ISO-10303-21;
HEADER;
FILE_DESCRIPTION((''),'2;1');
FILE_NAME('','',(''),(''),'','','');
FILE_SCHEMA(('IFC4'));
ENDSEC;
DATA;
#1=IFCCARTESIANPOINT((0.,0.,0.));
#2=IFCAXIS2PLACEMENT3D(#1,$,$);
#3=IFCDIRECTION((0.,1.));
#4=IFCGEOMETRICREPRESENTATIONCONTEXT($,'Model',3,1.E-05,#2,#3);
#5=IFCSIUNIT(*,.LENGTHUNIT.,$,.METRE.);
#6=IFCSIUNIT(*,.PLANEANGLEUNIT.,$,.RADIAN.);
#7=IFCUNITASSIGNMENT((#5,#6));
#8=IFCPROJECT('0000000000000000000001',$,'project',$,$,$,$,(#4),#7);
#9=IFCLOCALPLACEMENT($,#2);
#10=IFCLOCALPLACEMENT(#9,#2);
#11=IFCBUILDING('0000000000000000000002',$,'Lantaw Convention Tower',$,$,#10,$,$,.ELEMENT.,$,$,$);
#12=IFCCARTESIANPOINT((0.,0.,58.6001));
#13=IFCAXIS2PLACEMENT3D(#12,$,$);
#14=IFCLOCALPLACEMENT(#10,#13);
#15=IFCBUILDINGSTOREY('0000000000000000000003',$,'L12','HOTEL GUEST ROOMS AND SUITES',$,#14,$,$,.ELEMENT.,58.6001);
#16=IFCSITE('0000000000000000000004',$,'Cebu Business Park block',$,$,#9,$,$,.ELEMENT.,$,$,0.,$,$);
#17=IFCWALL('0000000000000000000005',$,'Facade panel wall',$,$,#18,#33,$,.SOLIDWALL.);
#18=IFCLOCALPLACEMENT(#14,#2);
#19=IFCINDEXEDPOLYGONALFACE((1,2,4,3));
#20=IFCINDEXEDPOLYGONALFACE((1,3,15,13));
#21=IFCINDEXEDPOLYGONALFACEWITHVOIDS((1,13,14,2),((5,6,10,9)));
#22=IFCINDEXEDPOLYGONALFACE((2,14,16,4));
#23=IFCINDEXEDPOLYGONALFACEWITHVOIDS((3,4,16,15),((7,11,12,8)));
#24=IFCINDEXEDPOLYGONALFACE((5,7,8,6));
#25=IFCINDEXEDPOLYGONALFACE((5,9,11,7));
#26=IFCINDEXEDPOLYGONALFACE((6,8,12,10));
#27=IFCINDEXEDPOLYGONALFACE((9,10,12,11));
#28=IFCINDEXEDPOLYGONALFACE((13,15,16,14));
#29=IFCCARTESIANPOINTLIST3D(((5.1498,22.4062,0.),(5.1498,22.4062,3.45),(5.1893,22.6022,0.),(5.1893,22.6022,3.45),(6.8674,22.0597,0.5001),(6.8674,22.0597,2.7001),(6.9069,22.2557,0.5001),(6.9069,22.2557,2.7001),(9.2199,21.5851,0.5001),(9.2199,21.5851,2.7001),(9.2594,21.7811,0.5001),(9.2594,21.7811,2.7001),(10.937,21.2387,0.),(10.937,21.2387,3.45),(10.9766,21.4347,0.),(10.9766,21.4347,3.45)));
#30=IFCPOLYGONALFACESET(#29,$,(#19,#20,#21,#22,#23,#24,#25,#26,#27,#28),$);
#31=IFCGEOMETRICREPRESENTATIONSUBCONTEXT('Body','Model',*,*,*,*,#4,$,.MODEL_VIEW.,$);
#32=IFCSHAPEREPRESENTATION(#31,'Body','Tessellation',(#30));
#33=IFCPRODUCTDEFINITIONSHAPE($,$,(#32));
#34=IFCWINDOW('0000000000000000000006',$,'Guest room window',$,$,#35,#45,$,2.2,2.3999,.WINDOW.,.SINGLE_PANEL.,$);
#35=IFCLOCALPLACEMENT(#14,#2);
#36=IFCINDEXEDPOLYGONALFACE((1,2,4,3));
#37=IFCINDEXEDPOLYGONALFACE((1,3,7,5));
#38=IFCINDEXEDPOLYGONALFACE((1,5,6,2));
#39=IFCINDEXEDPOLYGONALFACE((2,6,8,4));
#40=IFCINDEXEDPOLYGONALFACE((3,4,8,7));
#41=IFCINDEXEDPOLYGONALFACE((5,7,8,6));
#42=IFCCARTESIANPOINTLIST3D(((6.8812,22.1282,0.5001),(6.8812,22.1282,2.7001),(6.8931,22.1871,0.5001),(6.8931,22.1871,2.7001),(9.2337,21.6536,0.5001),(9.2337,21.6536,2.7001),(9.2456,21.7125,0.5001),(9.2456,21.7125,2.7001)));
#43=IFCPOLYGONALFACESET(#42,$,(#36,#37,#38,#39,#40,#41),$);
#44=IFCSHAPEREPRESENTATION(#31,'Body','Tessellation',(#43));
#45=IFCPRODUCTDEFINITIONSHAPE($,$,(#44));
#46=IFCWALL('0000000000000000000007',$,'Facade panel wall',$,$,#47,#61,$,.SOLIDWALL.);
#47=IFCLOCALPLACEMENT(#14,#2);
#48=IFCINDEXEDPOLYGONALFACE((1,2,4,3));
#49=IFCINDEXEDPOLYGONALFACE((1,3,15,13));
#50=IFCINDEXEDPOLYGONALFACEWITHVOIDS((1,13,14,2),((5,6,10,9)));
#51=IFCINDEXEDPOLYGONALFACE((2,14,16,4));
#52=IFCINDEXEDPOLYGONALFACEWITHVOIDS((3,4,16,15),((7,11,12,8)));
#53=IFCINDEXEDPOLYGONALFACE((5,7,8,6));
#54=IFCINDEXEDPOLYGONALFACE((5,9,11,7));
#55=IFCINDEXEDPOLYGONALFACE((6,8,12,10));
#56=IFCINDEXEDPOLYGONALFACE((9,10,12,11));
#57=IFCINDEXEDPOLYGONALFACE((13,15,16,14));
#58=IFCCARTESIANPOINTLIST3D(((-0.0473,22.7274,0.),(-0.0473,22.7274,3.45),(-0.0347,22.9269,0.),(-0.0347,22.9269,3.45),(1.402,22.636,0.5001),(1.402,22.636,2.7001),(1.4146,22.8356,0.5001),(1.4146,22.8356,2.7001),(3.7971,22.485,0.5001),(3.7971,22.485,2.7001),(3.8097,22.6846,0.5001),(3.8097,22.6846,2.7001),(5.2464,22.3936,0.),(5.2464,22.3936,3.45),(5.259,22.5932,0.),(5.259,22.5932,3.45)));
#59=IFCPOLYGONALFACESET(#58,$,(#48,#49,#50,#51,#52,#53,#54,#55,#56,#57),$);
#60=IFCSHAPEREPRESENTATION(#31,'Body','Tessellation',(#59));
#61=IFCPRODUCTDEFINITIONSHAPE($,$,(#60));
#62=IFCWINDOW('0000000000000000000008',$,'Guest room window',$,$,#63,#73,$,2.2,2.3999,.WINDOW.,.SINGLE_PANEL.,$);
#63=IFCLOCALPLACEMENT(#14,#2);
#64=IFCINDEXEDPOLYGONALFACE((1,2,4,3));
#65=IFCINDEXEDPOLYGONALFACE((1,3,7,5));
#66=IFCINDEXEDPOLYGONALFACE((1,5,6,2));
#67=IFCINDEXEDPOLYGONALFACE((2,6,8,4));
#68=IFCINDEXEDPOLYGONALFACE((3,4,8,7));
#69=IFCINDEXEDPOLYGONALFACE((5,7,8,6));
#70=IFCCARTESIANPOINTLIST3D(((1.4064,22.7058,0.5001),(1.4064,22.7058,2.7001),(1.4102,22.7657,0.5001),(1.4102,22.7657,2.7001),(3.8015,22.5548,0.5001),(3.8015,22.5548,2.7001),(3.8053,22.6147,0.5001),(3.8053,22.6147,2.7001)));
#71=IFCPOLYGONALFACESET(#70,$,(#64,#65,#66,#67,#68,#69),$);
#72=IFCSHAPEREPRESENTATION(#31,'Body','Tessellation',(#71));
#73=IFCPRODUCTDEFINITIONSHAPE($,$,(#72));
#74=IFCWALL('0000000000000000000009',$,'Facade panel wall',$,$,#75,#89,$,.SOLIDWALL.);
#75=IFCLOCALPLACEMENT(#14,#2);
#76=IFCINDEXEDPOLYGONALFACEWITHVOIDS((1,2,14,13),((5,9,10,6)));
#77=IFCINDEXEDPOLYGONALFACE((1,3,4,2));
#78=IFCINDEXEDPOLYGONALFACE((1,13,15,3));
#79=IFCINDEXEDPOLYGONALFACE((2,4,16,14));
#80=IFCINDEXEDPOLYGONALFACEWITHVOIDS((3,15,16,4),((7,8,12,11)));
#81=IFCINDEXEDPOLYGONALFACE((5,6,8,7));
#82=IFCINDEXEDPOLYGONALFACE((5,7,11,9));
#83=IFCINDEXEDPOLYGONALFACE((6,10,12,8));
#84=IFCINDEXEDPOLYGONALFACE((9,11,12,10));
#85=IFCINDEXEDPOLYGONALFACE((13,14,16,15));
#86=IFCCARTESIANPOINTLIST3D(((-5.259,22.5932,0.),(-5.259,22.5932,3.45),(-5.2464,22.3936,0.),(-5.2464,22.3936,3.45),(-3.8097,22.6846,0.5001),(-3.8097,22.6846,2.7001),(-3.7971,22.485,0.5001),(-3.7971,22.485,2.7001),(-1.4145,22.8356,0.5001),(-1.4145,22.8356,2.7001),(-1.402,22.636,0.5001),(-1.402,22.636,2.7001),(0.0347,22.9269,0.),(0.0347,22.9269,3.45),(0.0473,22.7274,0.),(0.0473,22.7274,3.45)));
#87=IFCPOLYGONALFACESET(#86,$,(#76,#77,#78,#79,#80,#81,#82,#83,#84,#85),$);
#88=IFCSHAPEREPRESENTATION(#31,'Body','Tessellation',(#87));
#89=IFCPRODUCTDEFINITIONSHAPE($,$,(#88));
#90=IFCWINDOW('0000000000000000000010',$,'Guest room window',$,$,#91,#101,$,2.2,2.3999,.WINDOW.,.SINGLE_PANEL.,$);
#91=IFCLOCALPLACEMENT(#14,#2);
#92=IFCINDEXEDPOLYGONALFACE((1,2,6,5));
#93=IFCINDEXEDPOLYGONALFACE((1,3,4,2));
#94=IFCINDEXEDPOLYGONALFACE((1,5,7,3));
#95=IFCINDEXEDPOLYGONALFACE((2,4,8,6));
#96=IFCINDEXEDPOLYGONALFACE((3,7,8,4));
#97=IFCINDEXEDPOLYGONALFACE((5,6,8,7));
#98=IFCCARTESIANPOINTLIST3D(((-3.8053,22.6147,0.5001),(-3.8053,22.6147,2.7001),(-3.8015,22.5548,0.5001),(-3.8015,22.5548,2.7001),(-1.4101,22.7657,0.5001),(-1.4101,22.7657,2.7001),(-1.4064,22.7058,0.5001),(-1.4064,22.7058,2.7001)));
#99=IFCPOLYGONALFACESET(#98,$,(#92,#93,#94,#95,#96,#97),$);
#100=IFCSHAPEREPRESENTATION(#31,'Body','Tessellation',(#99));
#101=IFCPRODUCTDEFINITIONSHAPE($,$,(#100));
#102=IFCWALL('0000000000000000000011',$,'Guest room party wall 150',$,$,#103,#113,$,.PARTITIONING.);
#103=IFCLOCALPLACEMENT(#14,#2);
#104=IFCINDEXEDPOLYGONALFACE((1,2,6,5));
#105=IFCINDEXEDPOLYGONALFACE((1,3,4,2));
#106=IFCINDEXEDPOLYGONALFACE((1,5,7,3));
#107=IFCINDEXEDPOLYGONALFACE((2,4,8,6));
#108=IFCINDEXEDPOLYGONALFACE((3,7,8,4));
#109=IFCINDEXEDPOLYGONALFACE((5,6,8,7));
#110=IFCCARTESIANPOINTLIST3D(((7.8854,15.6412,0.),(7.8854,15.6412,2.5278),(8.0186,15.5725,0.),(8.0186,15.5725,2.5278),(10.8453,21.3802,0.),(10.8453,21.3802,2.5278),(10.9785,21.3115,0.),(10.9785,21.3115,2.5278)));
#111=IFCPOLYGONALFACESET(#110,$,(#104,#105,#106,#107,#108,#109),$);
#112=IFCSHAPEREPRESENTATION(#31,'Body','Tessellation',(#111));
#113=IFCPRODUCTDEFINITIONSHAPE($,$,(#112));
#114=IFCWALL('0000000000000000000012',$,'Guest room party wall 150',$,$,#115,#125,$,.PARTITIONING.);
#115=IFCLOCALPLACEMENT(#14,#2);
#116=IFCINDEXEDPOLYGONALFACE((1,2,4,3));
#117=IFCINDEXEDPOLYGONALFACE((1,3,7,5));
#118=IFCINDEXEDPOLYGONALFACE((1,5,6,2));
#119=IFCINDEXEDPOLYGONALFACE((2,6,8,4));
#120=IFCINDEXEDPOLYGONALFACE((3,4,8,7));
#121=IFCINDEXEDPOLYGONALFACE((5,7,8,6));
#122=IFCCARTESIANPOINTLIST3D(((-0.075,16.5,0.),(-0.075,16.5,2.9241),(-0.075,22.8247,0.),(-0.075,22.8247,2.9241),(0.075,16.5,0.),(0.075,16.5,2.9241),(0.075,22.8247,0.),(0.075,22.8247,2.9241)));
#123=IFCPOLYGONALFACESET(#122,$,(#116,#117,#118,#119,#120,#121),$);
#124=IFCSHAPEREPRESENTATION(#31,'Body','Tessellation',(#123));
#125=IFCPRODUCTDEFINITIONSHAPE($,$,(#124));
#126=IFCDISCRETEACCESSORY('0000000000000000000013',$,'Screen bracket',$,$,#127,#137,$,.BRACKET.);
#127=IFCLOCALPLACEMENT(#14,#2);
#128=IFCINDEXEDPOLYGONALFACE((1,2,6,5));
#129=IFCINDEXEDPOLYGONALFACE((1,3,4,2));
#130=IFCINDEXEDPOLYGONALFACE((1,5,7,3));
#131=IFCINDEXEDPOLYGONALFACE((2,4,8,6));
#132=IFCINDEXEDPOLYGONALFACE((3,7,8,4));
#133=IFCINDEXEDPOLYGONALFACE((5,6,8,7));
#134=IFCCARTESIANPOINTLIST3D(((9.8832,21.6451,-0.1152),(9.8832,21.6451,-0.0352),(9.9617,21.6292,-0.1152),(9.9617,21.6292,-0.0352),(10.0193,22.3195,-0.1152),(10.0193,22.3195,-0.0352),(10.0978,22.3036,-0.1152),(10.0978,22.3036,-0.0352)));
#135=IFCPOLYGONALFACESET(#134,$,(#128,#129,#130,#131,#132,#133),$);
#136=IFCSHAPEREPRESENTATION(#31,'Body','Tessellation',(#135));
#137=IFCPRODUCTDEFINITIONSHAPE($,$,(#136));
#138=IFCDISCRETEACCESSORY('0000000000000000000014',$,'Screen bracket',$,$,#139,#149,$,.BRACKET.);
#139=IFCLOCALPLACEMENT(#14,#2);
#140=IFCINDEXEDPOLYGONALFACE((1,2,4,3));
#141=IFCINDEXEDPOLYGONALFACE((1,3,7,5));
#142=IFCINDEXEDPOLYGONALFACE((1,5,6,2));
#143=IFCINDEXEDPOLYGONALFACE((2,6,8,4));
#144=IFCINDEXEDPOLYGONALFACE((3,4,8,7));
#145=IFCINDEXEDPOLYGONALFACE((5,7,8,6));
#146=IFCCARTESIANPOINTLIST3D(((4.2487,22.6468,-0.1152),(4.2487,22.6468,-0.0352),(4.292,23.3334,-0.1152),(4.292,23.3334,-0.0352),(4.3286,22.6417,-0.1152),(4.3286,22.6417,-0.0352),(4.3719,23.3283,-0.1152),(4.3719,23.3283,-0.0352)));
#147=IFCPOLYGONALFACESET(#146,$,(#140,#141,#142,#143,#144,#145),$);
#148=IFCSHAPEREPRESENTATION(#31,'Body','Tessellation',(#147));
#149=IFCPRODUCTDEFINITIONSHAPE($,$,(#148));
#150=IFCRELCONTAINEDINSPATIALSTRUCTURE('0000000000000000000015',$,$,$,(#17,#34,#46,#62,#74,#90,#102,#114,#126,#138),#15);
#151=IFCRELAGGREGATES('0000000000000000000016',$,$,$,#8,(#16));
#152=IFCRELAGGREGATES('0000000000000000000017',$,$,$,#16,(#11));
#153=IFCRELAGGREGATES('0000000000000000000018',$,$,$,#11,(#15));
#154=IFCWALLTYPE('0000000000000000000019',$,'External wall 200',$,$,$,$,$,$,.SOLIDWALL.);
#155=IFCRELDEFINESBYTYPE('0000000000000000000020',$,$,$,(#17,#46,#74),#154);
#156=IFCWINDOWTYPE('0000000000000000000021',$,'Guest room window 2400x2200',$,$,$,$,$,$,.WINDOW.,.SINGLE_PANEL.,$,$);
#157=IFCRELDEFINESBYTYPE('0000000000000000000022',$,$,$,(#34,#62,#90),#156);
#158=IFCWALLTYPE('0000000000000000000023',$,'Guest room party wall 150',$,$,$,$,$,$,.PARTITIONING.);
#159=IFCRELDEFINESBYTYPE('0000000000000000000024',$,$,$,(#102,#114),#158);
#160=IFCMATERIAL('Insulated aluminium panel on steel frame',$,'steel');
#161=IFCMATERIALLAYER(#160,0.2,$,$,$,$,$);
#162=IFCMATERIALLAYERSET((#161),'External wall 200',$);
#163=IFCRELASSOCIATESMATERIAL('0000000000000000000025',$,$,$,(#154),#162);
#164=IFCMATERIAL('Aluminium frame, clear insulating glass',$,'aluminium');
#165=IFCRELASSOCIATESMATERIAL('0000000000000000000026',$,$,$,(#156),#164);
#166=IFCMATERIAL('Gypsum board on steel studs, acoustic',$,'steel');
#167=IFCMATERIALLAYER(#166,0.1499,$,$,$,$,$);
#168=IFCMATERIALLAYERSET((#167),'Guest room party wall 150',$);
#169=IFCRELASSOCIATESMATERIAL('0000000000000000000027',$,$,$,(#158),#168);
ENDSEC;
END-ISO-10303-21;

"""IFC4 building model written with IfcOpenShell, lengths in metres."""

from ifc_helpers import new_model, si_unit, direction, frame, frame_2d, origin, origin_2d, place, context, subcontext, project, spatial, rectangle, extrude, material, layer, layer_set, type_object, element, fill, save


model = new_model("IFC4")

# Units and contexts
model_context = context("Model", 3, precision=1e-05, world=origin(), true_north=direction((0.0, 1.0)))
body_context = subcontext(model_context, "Body", "Model", "MODEL_VIEW")
ifc_project = project(units=[si_unit("LENGTHUNIT", "METRE"), si_unit("PLANEANGLEUNIT", "RADIAN")], contexts=[model_context])

# Site, building, storey
site_placement = place(None, origin())
site = spatial("IfcSite", under=ifc_project, at=site_placement, Name="Cebu Business Park block", CompositionType="ELEMENT", RefElevation=0.0)
building_placement = place(site_placement, origin())
building = spatial("IfcBuilding", under=site, at=building_placement, Name="Lantaw Convention Tower", CompositionType="ELEMENT")
storey_placement = place(building_placement, frame((0.0, 0.0, 58.6001)))
storey = spatial("IfcBuildingStorey", under=building, at=storey_placement, Name="L12", Description="HOTEL GUEST ROOMS AND SUITES", CompositionType="ELEMENT", Elevation=58.6001)

# Walls, openings, windows
ifc_material_1 = material(Name="Insulated aluminium panel on steel frame", Category="steel")
ifc_layer_1 = layer(ifc_material_1, 0.2)
ifc_layer_set_1 = layer_set([ifc_layer_1], Name="External wall 200")
wall_type_1 = type_object("IfcWallType", Name="External wall 200", PredefinedType="SOLIDWALL", material=ifc_layer_set_1)
wall_1_placement = place(storey_placement, frame((10.9568, 21.3367, 0.0), z_axis=(0.0, 0.0, 1.0), x_axis=(-0.980252, 0.197754, 0.0)))
wall_1 = element("IfcWall", 1, at=wall_1_placement, inside=storey, type_object=wall_type_1, Name="Facade panel wall", PredefinedType="SOLIDWALL", context=body_context, shape_type="SweptSolid", body=[
    extrude(rectangle(XDim=5.9038, YDim=0.2, at=frame_2d((2.9519, 0.0))), origin(), (0.0, 0.0, 1.0), 3.45),
])
opening_1_placement = place(wall_1_placement, frame((1.7517, 0.0, 0.5)))
opening_1 = element("IfcOpeningElement", 2, at=opening_1_placement, cuts=wall_1, PredefinedType="OPENING", context=body_context, shape_type="SweptSolid", body=[
    extrude(rectangle(XDim=2.3999, YDim=2.2, at=frame_2d((1.2, 1.1001))), frame((0.0, 0.1099, 0.0), z_axis=(0.0, -1.0, 0.0), x_axis=(1.0, 0.0, 0.0)), (0.0, 0.0, 1.0), 0.22),
])
ifc_material_2 = material(Name="Aluminium frame, clear insulating glass", Category="aluminium")
window_type = type_object("IfcWindowType", Name="Guest room window 2400x2200", PartitioningType="SINGLE_PANEL", PredefinedType="WINDOW", material=ifc_material_2)
window_1_placement = place(opening_1_placement, origin())
window_1 = element("IfcWindow", 3, at=window_1_placement, inside=storey, type_object=window_type, Name="Guest room window", OverallHeight=2.2, OverallWidth=2.3999, PartitioningType="SINGLE_PANEL", PredefinedType="WINDOW", context=body_context, shape_type="SweptSolid", body=[
    extrude(rectangle(XDim=2.3999, YDim=2.2, at=frame_2d((1.2, 1.1001))), frame((0.0, 0.03, 0.0), z_axis=(0.0, -1.0, 0.0), x_axis=(1.0, 0.0, 0.0)), (0.0, 0.0, 1.0), 0.0601),
])
fill(opening_1, window_1)
wall_2_placement = place(storey_placement, frame((5.2527, 22.4934, 0.0), z_axis=(0.0, 0.0, 1.0), x_axis=(-0.998019, 0.06292, 0.0)))
wall_2 = element("IfcWall", 4, at=wall_2_placement, inside=storey, type_object=wall_type_1, Name="Facade panel wall", PredefinedType="SOLIDWALL", context=body_context, shape_type="SweptSolid", body=[
    extrude(rectangle(XDim=5.3042, YDim=0.2, at=frame_2d((2.6521, 0.0))), origin(), (0.0, 0.0, 1.0), 3.45),
])
opening_2_placement = place(wall_2_placement, frame((1.4521, 0.0, 0.5)))
opening_2 = element("IfcOpeningElement", 5, at=opening_2_placement, cuts=wall_2, PredefinedType="OPENING", context=body_context, shape_type="SweptSolid", body=[
    extrude(rectangle(XDim=2.3999, YDim=2.2, at=frame_2d((1.2, 1.1001))), frame((0.0, 0.1099, 0.0), z_axis=(0.0, -1.0, 0.0), x_axis=(1.0, 0.0, 0.0)), (0.0, 0.0, 1.0), 0.22),
])
window_2_placement = place(opening_2_placement, origin())
window_2 = element("IfcWindow", 6, at=window_2_placement, inside=storey, type_object=window_type, Name="Guest room window", OverallHeight=2.2, OverallWidth=2.3999, PartitioningType="SINGLE_PANEL", PredefinedType="WINDOW", context=body_context, shape_type="SweptSolid", body=[
    extrude(rectangle(XDim=2.3999, YDim=2.2, at=frame_2d((1.2, 1.1001))), frame((0.0, 0.03, 0.0), z_axis=(0.0, -1.0, 0.0), x_axis=(1.0, 0.0, 0.0)), (0.0, 0.0, 1.0), 0.0601),
])
fill(opening_2, window_2)
wall_3_placement = place(storey_placement, frame((0.041, 22.8271, 0.0), z_axis=(0.0, 0.0, 1.0), x_axis=(-0.998019, -0.06292, 0.0)))
wall_3 = element("IfcWall", 7, at=wall_3_placement, inside=storey, type_object=wall_type_1, Name="Facade panel wall", PredefinedType="SOLIDWALL", context=body_context, shape_type="SweptSolid", body=[
    extrude(rectangle(XDim=5.3042, YDim=0.2, at=frame_2d((2.6521, 0.0))), origin(), (0.0, 0.0, 1.0), 3.45),
])
opening_3_placement = place(wall_3_placement, frame((1.4521, 0.0, 0.5)))
opening_3 = element("IfcOpeningElement", 8, at=opening_3_placement, cuts=wall_3, PredefinedType="OPENING", context=body_context, shape_type="SweptSolid", body=[
    extrude(rectangle(XDim=2.3999, YDim=2.2, at=frame_2d((1.2, 1.1001))), frame((0.0, 0.1099, 0.0), z_axis=(0.0, -1.0, 0.0), x_axis=(1.0, 0.0, 0.0)), (0.0, 0.0, 1.0), 0.22),
])
window_3_placement = place(opening_3_placement, origin())
window_3 = element("IfcWindow", 9, at=window_3_placement, inside=storey, type_object=window_type, Name="Guest room window", OverallHeight=2.2, OverallWidth=2.3999, PartitioningType="SINGLE_PANEL", PredefinedType="WINDOW", context=body_context, shape_type="SweptSolid", body=[
    extrude(rectangle(XDim=2.3999, YDim=2.2, at=frame_2d((1.2, 1.1001))), frame((0.0, 0.03, 0.0), z_axis=(0.0, -1.0, 0.0), x_axis=(1.0, 0.0, 0.0)), (0.0, 0.0, 1.0), 0.0601),
])
fill(opening_3, window_3)

# Walls
ifc_material_3 = material(Name="Gypsum board on steel studs, acoustic", Category="steel")
ifc_layer_2 = layer(ifc_material_3, 0.1499)
ifc_layer_set_2 = layer_set([ifc_layer_2], Name="Guest room party wall 150")
wall_type_2 = type_object("IfcWallType", Name="Guest room party wall 150", PredefinedType="PARTITIONING", material=ifc_layer_set_2)
wall_4_placement = place(storey_placement, frame((10.9119, 21.3457, 0.0), z_axis=(0.0, 0.0, 1.0), x_axis=(-0.458385, -0.888754, 0.0)))
element("IfcWall", 10, at=wall_4_placement, inside=storey, type_object=wall_type_2, Name="Guest room party wall 150", PredefinedType="PARTITIONING", context=body_context, shape_type="SweptSolid", body=[
    extrude(rectangle(XDim=6.4573, YDim=0.1499, at=frame_2d((3.2285, 0.0))), origin(), (0.0, 0.0, 1.0), 2.5278),
])
wall_5_placement = place(storey_placement, frame((0.0, 22.8247, 0.0), z_axis=(0.0, 0.0, 1.0), x_axis=(0.0, -1.0, 0.0)))
element("IfcWall", 11, at=wall_5_placement, inside=storey, type_object=wall_type_2, Name="Guest room party wall 150", PredefinedType="PARTITIONING", context=body_context, shape_type="SweptSolid", body=[
    extrude(rectangle(XDim=6.3247, YDim=0.1499, at=frame_2d((3.1624, 0.0))), origin(), (0.0, 0.0, 1.0), 2.9241),
])

# Discrete accessories
for number, where, z_axis, x_axis, name in (
    (12, (9.9905, 21.9744, -0.1152), (0.0, 0.0, 1.0), (-0.980245, 0.197789, 0.0), "Screen bracket"),
    (13, (4.3103, 22.9875, -0.1152), (0.0, 0.0, 1.0), (-0.998016, 0.062958, 0.0), "Screen bracket"),
):
    element("IfcDiscreteAccessory", number, at=place(storey_placement, frame(where, z_axis=z_axis, x_axis=x_axis)), inside=storey, Name=name, PredefinedType="BRACKET", context=body_context, shape_type="SweptSolid", body=[
        extrude(rectangle(XDim=0.0801, YDim=0.688, at=origin_2d()), origin(), (0.0, 0.0, 1.0), 0.0801),
    ])

save(model, "model.ifc")
